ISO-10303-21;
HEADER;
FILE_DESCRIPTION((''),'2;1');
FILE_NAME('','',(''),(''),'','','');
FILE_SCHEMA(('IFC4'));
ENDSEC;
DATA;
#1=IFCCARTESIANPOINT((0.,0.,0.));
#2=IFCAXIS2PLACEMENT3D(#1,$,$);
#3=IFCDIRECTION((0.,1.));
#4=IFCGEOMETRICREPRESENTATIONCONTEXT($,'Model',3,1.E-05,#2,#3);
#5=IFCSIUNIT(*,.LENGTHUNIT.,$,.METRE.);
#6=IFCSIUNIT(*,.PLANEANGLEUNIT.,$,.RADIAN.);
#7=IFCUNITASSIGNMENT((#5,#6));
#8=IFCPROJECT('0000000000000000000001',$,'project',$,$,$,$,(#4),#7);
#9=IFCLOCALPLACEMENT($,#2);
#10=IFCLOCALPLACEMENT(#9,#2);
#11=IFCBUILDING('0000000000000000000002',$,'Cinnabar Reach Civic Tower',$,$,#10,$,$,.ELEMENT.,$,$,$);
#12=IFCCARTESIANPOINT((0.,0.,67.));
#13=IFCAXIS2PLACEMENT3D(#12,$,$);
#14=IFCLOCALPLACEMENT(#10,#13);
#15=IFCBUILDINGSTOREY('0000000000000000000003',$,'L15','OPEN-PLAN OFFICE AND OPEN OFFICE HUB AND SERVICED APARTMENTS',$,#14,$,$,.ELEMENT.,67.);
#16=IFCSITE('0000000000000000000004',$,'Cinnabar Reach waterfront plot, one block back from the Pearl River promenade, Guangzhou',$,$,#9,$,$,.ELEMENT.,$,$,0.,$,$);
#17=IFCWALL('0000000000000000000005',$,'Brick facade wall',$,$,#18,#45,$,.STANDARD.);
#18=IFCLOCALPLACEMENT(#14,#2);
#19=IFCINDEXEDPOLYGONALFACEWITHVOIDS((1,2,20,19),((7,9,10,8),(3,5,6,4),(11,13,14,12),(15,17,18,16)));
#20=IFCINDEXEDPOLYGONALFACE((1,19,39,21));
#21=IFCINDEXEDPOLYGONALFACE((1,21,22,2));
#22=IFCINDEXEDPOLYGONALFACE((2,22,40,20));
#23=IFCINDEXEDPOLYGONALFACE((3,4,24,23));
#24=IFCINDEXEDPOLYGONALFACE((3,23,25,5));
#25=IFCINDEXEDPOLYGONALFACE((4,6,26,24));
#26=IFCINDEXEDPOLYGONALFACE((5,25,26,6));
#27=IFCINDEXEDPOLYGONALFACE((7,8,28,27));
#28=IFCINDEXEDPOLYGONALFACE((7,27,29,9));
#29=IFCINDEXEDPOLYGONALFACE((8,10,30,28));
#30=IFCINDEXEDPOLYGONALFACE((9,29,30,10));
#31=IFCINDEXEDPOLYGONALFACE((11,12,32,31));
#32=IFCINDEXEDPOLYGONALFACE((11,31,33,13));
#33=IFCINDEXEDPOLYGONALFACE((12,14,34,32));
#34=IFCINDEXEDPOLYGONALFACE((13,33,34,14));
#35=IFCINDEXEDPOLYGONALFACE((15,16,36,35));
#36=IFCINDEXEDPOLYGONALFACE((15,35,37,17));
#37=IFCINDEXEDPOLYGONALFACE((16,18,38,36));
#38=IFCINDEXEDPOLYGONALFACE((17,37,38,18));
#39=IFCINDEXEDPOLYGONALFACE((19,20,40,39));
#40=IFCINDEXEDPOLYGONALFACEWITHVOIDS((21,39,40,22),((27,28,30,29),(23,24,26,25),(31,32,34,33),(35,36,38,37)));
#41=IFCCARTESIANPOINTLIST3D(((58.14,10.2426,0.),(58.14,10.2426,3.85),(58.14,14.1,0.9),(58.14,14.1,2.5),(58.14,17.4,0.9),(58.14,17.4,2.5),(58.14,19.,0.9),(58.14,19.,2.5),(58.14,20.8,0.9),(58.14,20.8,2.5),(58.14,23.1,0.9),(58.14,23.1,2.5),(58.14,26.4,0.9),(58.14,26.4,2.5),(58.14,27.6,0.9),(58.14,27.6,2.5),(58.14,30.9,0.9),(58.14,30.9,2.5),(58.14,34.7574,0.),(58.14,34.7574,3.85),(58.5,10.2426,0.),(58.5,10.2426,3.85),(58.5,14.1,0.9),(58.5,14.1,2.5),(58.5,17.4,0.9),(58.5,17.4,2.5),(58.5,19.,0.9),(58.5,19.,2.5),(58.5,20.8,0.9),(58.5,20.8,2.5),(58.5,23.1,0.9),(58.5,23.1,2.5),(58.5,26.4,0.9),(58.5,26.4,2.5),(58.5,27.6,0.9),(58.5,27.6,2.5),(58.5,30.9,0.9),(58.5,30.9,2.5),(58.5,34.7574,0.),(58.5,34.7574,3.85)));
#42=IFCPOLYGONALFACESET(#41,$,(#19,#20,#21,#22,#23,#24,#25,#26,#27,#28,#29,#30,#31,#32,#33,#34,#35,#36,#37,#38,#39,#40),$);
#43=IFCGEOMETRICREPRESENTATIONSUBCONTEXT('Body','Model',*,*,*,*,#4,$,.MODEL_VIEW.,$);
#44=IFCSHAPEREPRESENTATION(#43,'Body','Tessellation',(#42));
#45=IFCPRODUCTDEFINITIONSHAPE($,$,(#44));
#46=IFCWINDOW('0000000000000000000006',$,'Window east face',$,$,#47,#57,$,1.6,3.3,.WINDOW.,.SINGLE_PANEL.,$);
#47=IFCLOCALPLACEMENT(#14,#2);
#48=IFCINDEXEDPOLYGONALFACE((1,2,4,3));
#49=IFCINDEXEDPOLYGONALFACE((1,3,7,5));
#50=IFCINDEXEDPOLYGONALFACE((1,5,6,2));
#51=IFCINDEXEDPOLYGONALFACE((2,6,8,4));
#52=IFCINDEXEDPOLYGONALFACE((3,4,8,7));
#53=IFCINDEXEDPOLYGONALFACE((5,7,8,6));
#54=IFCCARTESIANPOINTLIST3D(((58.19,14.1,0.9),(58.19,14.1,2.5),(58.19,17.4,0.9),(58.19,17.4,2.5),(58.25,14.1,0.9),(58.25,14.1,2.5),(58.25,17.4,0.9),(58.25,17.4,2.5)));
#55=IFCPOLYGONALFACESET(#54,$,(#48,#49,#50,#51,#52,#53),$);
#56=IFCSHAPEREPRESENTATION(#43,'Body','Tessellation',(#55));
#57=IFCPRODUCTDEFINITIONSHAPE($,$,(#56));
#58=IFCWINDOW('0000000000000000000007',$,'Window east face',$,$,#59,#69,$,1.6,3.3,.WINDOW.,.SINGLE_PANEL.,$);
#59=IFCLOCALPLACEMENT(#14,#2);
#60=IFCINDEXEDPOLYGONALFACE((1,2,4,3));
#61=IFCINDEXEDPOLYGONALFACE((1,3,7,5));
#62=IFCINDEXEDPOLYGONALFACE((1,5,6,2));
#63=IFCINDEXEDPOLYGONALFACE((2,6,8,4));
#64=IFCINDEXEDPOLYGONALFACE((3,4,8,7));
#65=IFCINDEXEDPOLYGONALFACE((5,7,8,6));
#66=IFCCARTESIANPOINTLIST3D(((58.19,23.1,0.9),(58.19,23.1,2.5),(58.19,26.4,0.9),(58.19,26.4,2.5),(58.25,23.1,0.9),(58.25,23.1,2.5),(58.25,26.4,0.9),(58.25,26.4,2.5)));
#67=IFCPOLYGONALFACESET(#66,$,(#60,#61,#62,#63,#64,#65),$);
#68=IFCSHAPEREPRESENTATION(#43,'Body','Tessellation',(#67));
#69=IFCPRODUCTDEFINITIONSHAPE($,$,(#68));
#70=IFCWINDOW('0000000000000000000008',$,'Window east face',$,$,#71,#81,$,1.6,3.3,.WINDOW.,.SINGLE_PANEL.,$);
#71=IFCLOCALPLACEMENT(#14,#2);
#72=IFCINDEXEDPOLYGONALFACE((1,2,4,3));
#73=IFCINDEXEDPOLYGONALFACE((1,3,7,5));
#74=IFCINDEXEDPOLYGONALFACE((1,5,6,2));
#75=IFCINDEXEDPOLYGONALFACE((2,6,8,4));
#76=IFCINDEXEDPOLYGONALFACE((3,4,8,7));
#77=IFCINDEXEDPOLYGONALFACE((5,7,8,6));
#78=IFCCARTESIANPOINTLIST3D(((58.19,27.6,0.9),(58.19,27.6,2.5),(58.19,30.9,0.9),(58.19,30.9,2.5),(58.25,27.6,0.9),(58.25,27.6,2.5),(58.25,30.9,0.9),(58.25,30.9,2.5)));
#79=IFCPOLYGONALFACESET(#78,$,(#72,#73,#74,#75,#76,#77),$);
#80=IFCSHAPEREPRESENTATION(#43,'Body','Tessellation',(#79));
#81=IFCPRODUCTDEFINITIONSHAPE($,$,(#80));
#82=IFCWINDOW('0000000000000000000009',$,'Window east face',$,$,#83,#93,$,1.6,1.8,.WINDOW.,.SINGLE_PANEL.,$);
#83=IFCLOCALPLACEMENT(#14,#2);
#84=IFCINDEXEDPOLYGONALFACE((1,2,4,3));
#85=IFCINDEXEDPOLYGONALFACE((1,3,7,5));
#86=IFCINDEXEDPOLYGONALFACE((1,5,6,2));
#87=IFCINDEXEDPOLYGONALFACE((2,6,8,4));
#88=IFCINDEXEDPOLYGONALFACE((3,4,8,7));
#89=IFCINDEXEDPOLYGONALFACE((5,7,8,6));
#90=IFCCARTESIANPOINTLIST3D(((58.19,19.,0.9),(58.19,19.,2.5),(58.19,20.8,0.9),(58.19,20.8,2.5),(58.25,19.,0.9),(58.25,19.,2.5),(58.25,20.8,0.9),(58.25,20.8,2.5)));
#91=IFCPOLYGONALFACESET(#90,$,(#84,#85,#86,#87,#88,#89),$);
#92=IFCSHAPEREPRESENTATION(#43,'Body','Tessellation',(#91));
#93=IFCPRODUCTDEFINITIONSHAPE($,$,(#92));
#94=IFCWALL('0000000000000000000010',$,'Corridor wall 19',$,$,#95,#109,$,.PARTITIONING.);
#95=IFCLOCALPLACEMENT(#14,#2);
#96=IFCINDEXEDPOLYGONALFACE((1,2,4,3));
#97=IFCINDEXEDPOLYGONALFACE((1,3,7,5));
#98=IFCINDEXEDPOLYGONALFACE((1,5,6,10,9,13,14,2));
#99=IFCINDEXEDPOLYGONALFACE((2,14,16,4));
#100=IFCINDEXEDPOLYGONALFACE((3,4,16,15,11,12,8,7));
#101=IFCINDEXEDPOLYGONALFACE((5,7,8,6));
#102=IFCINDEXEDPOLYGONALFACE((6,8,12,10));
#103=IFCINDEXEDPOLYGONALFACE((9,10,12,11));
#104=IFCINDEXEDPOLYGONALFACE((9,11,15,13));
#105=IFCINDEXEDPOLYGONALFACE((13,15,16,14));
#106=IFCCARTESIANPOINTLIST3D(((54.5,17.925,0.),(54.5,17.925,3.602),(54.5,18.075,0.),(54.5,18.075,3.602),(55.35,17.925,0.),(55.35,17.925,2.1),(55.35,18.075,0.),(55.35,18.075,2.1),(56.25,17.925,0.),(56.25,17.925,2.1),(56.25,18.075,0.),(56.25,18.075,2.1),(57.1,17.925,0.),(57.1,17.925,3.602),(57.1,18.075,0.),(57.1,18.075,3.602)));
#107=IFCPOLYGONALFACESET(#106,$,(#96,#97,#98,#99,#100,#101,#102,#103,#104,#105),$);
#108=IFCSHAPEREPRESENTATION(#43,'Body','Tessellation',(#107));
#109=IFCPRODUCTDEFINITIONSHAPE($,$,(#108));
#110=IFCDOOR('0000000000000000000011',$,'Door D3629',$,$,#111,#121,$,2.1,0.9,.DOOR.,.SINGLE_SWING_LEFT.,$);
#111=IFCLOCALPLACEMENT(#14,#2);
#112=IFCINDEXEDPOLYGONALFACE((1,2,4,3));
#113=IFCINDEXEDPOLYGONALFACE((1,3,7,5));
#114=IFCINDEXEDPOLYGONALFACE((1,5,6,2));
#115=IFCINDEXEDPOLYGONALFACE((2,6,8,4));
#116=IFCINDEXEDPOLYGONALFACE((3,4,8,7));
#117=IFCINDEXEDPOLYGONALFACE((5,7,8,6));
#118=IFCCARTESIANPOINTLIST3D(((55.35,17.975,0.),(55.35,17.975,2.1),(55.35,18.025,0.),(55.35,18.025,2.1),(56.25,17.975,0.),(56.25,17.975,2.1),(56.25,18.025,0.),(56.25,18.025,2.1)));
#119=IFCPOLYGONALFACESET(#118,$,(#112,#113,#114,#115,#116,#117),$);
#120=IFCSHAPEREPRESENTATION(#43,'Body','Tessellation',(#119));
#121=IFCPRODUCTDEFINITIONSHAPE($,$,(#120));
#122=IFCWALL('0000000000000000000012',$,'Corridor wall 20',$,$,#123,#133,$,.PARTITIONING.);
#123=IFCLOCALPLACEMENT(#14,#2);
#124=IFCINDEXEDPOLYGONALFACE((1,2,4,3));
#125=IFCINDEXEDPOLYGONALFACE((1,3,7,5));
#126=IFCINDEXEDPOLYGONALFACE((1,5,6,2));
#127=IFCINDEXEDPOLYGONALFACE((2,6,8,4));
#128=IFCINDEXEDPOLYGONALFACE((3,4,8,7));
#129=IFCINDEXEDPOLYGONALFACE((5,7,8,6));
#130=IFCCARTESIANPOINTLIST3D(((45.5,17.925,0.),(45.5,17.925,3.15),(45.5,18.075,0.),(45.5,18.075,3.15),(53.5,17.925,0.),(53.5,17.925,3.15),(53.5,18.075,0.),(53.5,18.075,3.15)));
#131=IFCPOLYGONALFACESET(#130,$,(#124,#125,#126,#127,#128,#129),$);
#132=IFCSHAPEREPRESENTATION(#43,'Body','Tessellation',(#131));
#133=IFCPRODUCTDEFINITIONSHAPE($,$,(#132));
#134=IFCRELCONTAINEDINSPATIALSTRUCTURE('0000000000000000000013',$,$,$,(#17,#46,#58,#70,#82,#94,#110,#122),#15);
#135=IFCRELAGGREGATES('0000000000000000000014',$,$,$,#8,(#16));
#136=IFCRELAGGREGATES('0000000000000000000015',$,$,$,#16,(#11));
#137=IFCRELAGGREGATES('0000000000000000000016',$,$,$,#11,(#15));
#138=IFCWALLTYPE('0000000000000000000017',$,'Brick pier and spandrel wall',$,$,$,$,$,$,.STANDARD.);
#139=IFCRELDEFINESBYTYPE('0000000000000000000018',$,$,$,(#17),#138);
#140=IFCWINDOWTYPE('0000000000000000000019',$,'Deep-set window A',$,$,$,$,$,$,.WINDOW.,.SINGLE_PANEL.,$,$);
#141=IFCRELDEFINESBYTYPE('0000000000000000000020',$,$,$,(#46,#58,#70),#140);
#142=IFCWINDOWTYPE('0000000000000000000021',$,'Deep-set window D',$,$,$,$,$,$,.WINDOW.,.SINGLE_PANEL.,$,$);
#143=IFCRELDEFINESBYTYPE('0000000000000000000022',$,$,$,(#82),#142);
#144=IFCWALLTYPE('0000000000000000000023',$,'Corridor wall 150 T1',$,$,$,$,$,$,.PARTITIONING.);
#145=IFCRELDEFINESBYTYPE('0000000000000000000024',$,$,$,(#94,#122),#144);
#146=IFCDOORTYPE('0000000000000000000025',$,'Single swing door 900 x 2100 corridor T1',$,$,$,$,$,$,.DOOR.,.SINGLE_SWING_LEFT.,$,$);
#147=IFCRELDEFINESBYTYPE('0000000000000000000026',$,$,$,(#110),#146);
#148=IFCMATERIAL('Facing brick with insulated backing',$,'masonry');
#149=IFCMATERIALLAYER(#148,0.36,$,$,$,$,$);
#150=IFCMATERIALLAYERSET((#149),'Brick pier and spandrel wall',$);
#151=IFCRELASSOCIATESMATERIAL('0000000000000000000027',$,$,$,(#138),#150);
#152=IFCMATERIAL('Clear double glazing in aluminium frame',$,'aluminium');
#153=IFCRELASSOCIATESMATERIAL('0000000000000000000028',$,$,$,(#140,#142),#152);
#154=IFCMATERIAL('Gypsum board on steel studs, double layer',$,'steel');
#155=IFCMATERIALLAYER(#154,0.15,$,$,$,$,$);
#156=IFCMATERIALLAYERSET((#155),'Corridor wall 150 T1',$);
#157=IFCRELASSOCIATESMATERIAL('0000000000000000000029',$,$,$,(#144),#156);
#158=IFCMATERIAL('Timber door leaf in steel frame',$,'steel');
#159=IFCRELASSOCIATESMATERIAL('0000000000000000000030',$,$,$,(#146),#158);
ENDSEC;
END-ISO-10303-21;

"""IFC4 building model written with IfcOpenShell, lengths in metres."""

from ifc_helpers import new_model, si_unit, direction, frame, frame_2d, origin, place, context, subcontext, project, spatial, rectangle, extrude, material, layer, layer_set, type_object, element, fill, save


model = new_model("IFC4")

# Units and contexts
model_context = context("Model", 3, precision=1e-05, world=origin(), true_north=direction((0.0, 1.0)))
body_context = subcontext(model_context, "Body", "Model", "MODEL_VIEW")
ifc_project = project(units=[si_unit("LENGTHUNIT", "METRE"), si_unit("PLANEANGLEUNIT", "RADIAN")], contexts=[model_context])

# Site, building, storey
site_placement = place(None, origin())
site = spatial("IfcSite", under=ifc_project, at=site_placement, Name="Cinnabar Reach waterfront plot, one block back from the Pearl River promenade, Guangzhou", CompositionType="ELEMENT", RefElevation=0.0)
building_placement = place(site_placement, origin())
building = spatial("IfcBuilding", under=site, at=building_placement, Name="Cinnabar Reach Civic Tower", CompositionType="ELEMENT")
storey_placement = place(building_placement, frame((0.0, 0.0, 67.0)))
storey = spatial("IfcBuildingStorey", under=building, at=storey_placement, Name="L15", Description="OPEN-PLAN OFFICE AND OPEN OFFICE HUB AND SERVICED APARTMENTS", CompositionType="ELEMENT", Elevation=67.0)

# Shared definitions
ifc_material_1 = material(Name="Facing brick with insulated backing", Category="masonry")

# Wall, openings, windows
ifc_layer_1 = layer(ifc_material_1, 0.36)
ifc_layer_set_1 = layer_set([ifc_layer_1], Name="Brick pier and spandrel wall")
wall_type_1 = type_object("IfcWallType", Name="Brick pier and spandrel wall", PredefinedType="STANDARD", material=ifc_layer_set_1)
wall_1_placement = place(storey_placement, frame((58.32, 10.2426, 0.0), z_axis=(0.0, 0.0, 1.0), x_axis=(0.0, 1.0, 0.0)))
wall_1 = element("IfcWall", 1, at=wall_1_placement, inside=storey, type_object=wall_type_1, Name="Brick facade wall", PredefinedType="STANDARD", context=body_context, shape_type="SweptSolid", body=[
    extrude(rectangle(XDim=24.5148, YDim=0.36, at=frame_2d((12.2574, 0.0))), origin(), (0.0, 0.0, 1.0), 3.85),
])
opening_1_placement = place(wall_1_placement, frame((3.8574, 0.0, 0.9)))
opening_1 = element("IfcOpeningElement", 2, at=opening_1_placement, cuts=wall_1, PredefinedType="OPENING", context=body_context, shape_type="SweptSolid", body=[
    extrude(rectangle(XDim=3.3, YDim=1.6, at=frame_2d((1.65, 0.8))), frame((0.0, 0.19, 0.0), z_axis=(0.0, -1.0, 0.0), x_axis=(1.0, 0.0, 0.0)), (0.0, 0.0, 1.0), 0.38),
])
opening_2_placement = place(wall_1_placement, frame((8.7574, 0.0, 0.9)))
opening_2 = element("IfcOpeningElement", 3, at=opening_2_placement, cuts=wall_1, PredefinedType="OPENING", context=body_context, shape_type="SweptSolid", body=[
    extrude(rectangle(XDim=1.8, YDim=1.6, at=frame_2d((0.9, 0.8))), frame((0.0, 0.19, 0.0), z_axis=(0.0, -1.0, 0.0), x_axis=(1.0, 0.0, 0.0)), (0.0, 0.0, 1.0), 0.38),
])
opening_3_placement = place(wall_1_placement, frame((12.8574, 0.0, 0.9)))
opening_3 = element("IfcOpeningElement", 4, at=opening_3_placement, cuts=wall_1, PredefinedType="OPENING", context=body_context, shape_type="SweptSolid", body=[
    extrude(rectangle(XDim=3.3, YDim=1.6, at=frame_2d((1.65, 0.8))), frame((0.0, 0.19, 0.0), z_axis=(0.0, -1.0, 0.0), x_axis=(1.0, 0.0, 0.0)), (0.0, 0.0, 1.0), 0.38),
])
opening_4_placement = place(wall_1_placement, frame((17.3574, 0.0, 0.9)))
opening_4 = element("IfcOpeningElement", 5, at=opening_4_placement, cuts=wall_1, PredefinedType="OPENING", context=body_context, shape_type="SweptSolid", body=[
    extrude(rectangle(XDim=3.3, YDim=1.6, at=frame_2d((1.65, 0.8))), frame((0.0, 0.19, 0.0), z_axis=(0.0, -1.0, 0.0), x_axis=(1.0, 0.0, 0.0)), (0.0, 0.0, 1.0), 0.38),
])
ifc_material_2 = material(Name="Clear double glazing in aluminium frame", Category="aluminium")
window_type_1 = type_object("IfcWindowType", Name="Deep-set window A", PartitioningType="SINGLE_PANEL", PredefinedType="WINDOW", material=ifc_material_2)
window_1_placement = place(opening_1_placement, origin())
window_1 = element("IfcWindow", 6, at=window_1_placement, inside=storey, type_object=window_type_1, Name="Window east face", OverallHeight=1.6, OverallWidth=3.3, PartitioningType="SINGLE_PANEL", PredefinedType="WINDOW", context=body_context, shape_type="SweptSolid", body=[
    extrude(rectangle(XDim=3.3, YDim=1.6, at=frame_2d((1.65, 0.8))), frame((0.0, 0.13, 0.0), z_axis=(0.0, -1.0, 0.0), x_axis=(1.0, 0.0, 0.0)), (0.0, 0.0, 1.0), 0.06),
])
fill(opening_1, window_1)
window_2_placement = place(opening_3_placement, origin())
window_2 = element("IfcWindow", 7, at=window_2_placement, inside=storey, type_object=window_type_1, Name="Window east face", OverallHeight=1.6, OverallWidth=3.3, PartitioningType="SINGLE_PANEL", PredefinedType="WINDOW", context=body_context, shape_type="SweptSolid", body=[
    extrude(rectangle(XDim=3.3, YDim=1.6, at=frame_2d((1.65, 0.8))), frame((0.0, 0.13, 0.0), z_axis=(0.0, -1.0, 0.0), x_axis=(1.0, 0.0, 0.0)), (0.0, 0.0, 1.0), 0.06),
])
fill(opening_3, window_2)
window_3_placement = place(opening_4_placement, origin())
window_3 = element("IfcWindow", 8, at=window_3_placement, inside=storey, type_object=window_type_1, Name="Window east face", OverallHeight=1.6, OverallWidth=3.3, PartitioningType="SINGLE_PANEL", PredefinedType="WINDOW", context=body_context, shape_type="SweptSolid", body=[
    extrude(rectangle(XDim=3.3, YDim=1.6, at=frame_2d((1.65, 0.8))), frame((0.0, 0.13, 0.0), z_axis=(0.0, -1.0, 0.0), x_axis=(1.0, 0.0, 0.0)), (0.0, 0.0, 1.0), 0.06),
])
fill(opening_4, window_3)
window_type_2 = type_object("IfcWindowType", Name="Deep-set window D", PartitioningType="SINGLE_PANEL", PredefinedType="WINDOW", material=ifc_material_2)
window_4_placement = place(opening_2_placement, origin())
window_4 = element("IfcWindow", 9, at=window_4_placement, inside=storey, type_object=window_type_2, Name="Window east face", OverallHeight=1.6, OverallWidth=1.8, PartitioningType="SINGLE_PANEL", PredefinedType="WINDOW", context=body_context, shape_type="SweptSolid", body=[
    extrude(rectangle(XDim=1.8, YDim=1.6, at=frame_2d((0.9, 0.8))), frame((0.0, 0.13, 0.0), z_axis=(0.0, -1.0, 0.0), x_axis=(1.0, 0.0, 0.0)), (0.0, 0.0, 1.0), 0.06),
])
fill(opening_2, window_4)

# Wall, opening, door
ifc_material_3 = material(Name="Gypsum board on steel studs, double layer", Category="steel")
ifc_layer_2 = layer(ifc_material_3, 0.15)
ifc_layer_set_2 = layer_set([ifc_layer_2], Name="Corridor wall 150 T1")
wall_type_2 = type_object("IfcWallType", Name="Corridor wall 150 T1", PredefinedType="PARTITIONING", material=ifc_layer_set_2)
wall_2_placement = place(storey_placement, frame((54.5, 18.0, 0.0), z_axis=(0.0, 0.0, 1.0), x_axis=(1.0, 0.0, 0.0)))
wall_2 = element("IfcWall", 10, at=wall_2_placement, inside=storey, type_object=wall_type_2, Name="Corridor wall 19", PredefinedType="PARTITIONING", context=body_context, shape_type="SweptSolid", body=[
    extrude(rectangle(XDim=2.6, YDim=0.15, at=frame_2d((1.3, 0.0))), origin(), (0.0, 0.0, 1.0), 3.602),
])
opening_5_placement = place(wall_2_placement, frame((0.85, 0.0, 0.0)))
opening_5 = element("IfcOpeningElement", 11, at=opening_5_placement, cuts=wall_2, PredefinedType="OPENING", context=body_context, shape_type="SweptSolid", body=[
    extrude(rectangle(XDim=0.9, YDim=2.1, at=frame_2d((0.45, 1.05))), frame((0.0, 0.085, 0.0), z_axis=(0.0, -1.0, 0.0), x_axis=(1.0, 0.0, 0.0)), (0.0, 0.0, 1.0), 0.17),
])
ifc_material_4 = material(Name="Timber door leaf in steel frame", Category="steel")
door_type = type_object("IfcDoorType", Name="Single swing door 900 x 2100 corridor T1", OperationType="SINGLE_SWING_LEFT", PredefinedType="DOOR", material=ifc_material_4)
door_placement = place(opening_5_placement, frame((0.9, 0.0, 0.0), z_axis=(0.0, 0.0, 1.0), x_axis=(-1.0, 0.0, 0.0)))
door = element("IfcDoor", 12, at=door_placement, inside=storey, type_object=door_type, Name="Door D3629", OperationType="SINGLE_SWING_LEFT", OverallHeight=2.1, OverallWidth=0.9, PredefinedType="DOOR", context=body_context, shape_type="SweptSolid", body=[
    extrude(rectangle(XDim=0.9, YDim=2.1, at=frame_2d((0.45, 1.05))), frame((0.0, 0.025, 0.0), z_axis=(0.0, -1.0, 0.0), x_axis=(1.0, 0.0, 0.0)), (0.0, 0.0, 1.0), 0.05),
])
fill(opening_5, door)

# Wall
wall_3_placement = place(storey_placement, frame((45.5, 18.0, 0.0), z_axis=(0.0, 0.0, 1.0), x_axis=(1.0, 0.0, 0.0)))
element("IfcWall", 13, at=wall_3_placement, inside=storey, type_object=wall_type_2, Name="Corridor wall 20", PredefinedType="PARTITIONING", context=body_context, shape_type="SweptSolid", body=[
    extrude(rectangle(XDim=8.0, YDim=0.15, at=frame_2d((4.0, 0.0))), origin(), (0.0, 0.0, 1.0), 3.15),
])

save(model, "model.ifc")
